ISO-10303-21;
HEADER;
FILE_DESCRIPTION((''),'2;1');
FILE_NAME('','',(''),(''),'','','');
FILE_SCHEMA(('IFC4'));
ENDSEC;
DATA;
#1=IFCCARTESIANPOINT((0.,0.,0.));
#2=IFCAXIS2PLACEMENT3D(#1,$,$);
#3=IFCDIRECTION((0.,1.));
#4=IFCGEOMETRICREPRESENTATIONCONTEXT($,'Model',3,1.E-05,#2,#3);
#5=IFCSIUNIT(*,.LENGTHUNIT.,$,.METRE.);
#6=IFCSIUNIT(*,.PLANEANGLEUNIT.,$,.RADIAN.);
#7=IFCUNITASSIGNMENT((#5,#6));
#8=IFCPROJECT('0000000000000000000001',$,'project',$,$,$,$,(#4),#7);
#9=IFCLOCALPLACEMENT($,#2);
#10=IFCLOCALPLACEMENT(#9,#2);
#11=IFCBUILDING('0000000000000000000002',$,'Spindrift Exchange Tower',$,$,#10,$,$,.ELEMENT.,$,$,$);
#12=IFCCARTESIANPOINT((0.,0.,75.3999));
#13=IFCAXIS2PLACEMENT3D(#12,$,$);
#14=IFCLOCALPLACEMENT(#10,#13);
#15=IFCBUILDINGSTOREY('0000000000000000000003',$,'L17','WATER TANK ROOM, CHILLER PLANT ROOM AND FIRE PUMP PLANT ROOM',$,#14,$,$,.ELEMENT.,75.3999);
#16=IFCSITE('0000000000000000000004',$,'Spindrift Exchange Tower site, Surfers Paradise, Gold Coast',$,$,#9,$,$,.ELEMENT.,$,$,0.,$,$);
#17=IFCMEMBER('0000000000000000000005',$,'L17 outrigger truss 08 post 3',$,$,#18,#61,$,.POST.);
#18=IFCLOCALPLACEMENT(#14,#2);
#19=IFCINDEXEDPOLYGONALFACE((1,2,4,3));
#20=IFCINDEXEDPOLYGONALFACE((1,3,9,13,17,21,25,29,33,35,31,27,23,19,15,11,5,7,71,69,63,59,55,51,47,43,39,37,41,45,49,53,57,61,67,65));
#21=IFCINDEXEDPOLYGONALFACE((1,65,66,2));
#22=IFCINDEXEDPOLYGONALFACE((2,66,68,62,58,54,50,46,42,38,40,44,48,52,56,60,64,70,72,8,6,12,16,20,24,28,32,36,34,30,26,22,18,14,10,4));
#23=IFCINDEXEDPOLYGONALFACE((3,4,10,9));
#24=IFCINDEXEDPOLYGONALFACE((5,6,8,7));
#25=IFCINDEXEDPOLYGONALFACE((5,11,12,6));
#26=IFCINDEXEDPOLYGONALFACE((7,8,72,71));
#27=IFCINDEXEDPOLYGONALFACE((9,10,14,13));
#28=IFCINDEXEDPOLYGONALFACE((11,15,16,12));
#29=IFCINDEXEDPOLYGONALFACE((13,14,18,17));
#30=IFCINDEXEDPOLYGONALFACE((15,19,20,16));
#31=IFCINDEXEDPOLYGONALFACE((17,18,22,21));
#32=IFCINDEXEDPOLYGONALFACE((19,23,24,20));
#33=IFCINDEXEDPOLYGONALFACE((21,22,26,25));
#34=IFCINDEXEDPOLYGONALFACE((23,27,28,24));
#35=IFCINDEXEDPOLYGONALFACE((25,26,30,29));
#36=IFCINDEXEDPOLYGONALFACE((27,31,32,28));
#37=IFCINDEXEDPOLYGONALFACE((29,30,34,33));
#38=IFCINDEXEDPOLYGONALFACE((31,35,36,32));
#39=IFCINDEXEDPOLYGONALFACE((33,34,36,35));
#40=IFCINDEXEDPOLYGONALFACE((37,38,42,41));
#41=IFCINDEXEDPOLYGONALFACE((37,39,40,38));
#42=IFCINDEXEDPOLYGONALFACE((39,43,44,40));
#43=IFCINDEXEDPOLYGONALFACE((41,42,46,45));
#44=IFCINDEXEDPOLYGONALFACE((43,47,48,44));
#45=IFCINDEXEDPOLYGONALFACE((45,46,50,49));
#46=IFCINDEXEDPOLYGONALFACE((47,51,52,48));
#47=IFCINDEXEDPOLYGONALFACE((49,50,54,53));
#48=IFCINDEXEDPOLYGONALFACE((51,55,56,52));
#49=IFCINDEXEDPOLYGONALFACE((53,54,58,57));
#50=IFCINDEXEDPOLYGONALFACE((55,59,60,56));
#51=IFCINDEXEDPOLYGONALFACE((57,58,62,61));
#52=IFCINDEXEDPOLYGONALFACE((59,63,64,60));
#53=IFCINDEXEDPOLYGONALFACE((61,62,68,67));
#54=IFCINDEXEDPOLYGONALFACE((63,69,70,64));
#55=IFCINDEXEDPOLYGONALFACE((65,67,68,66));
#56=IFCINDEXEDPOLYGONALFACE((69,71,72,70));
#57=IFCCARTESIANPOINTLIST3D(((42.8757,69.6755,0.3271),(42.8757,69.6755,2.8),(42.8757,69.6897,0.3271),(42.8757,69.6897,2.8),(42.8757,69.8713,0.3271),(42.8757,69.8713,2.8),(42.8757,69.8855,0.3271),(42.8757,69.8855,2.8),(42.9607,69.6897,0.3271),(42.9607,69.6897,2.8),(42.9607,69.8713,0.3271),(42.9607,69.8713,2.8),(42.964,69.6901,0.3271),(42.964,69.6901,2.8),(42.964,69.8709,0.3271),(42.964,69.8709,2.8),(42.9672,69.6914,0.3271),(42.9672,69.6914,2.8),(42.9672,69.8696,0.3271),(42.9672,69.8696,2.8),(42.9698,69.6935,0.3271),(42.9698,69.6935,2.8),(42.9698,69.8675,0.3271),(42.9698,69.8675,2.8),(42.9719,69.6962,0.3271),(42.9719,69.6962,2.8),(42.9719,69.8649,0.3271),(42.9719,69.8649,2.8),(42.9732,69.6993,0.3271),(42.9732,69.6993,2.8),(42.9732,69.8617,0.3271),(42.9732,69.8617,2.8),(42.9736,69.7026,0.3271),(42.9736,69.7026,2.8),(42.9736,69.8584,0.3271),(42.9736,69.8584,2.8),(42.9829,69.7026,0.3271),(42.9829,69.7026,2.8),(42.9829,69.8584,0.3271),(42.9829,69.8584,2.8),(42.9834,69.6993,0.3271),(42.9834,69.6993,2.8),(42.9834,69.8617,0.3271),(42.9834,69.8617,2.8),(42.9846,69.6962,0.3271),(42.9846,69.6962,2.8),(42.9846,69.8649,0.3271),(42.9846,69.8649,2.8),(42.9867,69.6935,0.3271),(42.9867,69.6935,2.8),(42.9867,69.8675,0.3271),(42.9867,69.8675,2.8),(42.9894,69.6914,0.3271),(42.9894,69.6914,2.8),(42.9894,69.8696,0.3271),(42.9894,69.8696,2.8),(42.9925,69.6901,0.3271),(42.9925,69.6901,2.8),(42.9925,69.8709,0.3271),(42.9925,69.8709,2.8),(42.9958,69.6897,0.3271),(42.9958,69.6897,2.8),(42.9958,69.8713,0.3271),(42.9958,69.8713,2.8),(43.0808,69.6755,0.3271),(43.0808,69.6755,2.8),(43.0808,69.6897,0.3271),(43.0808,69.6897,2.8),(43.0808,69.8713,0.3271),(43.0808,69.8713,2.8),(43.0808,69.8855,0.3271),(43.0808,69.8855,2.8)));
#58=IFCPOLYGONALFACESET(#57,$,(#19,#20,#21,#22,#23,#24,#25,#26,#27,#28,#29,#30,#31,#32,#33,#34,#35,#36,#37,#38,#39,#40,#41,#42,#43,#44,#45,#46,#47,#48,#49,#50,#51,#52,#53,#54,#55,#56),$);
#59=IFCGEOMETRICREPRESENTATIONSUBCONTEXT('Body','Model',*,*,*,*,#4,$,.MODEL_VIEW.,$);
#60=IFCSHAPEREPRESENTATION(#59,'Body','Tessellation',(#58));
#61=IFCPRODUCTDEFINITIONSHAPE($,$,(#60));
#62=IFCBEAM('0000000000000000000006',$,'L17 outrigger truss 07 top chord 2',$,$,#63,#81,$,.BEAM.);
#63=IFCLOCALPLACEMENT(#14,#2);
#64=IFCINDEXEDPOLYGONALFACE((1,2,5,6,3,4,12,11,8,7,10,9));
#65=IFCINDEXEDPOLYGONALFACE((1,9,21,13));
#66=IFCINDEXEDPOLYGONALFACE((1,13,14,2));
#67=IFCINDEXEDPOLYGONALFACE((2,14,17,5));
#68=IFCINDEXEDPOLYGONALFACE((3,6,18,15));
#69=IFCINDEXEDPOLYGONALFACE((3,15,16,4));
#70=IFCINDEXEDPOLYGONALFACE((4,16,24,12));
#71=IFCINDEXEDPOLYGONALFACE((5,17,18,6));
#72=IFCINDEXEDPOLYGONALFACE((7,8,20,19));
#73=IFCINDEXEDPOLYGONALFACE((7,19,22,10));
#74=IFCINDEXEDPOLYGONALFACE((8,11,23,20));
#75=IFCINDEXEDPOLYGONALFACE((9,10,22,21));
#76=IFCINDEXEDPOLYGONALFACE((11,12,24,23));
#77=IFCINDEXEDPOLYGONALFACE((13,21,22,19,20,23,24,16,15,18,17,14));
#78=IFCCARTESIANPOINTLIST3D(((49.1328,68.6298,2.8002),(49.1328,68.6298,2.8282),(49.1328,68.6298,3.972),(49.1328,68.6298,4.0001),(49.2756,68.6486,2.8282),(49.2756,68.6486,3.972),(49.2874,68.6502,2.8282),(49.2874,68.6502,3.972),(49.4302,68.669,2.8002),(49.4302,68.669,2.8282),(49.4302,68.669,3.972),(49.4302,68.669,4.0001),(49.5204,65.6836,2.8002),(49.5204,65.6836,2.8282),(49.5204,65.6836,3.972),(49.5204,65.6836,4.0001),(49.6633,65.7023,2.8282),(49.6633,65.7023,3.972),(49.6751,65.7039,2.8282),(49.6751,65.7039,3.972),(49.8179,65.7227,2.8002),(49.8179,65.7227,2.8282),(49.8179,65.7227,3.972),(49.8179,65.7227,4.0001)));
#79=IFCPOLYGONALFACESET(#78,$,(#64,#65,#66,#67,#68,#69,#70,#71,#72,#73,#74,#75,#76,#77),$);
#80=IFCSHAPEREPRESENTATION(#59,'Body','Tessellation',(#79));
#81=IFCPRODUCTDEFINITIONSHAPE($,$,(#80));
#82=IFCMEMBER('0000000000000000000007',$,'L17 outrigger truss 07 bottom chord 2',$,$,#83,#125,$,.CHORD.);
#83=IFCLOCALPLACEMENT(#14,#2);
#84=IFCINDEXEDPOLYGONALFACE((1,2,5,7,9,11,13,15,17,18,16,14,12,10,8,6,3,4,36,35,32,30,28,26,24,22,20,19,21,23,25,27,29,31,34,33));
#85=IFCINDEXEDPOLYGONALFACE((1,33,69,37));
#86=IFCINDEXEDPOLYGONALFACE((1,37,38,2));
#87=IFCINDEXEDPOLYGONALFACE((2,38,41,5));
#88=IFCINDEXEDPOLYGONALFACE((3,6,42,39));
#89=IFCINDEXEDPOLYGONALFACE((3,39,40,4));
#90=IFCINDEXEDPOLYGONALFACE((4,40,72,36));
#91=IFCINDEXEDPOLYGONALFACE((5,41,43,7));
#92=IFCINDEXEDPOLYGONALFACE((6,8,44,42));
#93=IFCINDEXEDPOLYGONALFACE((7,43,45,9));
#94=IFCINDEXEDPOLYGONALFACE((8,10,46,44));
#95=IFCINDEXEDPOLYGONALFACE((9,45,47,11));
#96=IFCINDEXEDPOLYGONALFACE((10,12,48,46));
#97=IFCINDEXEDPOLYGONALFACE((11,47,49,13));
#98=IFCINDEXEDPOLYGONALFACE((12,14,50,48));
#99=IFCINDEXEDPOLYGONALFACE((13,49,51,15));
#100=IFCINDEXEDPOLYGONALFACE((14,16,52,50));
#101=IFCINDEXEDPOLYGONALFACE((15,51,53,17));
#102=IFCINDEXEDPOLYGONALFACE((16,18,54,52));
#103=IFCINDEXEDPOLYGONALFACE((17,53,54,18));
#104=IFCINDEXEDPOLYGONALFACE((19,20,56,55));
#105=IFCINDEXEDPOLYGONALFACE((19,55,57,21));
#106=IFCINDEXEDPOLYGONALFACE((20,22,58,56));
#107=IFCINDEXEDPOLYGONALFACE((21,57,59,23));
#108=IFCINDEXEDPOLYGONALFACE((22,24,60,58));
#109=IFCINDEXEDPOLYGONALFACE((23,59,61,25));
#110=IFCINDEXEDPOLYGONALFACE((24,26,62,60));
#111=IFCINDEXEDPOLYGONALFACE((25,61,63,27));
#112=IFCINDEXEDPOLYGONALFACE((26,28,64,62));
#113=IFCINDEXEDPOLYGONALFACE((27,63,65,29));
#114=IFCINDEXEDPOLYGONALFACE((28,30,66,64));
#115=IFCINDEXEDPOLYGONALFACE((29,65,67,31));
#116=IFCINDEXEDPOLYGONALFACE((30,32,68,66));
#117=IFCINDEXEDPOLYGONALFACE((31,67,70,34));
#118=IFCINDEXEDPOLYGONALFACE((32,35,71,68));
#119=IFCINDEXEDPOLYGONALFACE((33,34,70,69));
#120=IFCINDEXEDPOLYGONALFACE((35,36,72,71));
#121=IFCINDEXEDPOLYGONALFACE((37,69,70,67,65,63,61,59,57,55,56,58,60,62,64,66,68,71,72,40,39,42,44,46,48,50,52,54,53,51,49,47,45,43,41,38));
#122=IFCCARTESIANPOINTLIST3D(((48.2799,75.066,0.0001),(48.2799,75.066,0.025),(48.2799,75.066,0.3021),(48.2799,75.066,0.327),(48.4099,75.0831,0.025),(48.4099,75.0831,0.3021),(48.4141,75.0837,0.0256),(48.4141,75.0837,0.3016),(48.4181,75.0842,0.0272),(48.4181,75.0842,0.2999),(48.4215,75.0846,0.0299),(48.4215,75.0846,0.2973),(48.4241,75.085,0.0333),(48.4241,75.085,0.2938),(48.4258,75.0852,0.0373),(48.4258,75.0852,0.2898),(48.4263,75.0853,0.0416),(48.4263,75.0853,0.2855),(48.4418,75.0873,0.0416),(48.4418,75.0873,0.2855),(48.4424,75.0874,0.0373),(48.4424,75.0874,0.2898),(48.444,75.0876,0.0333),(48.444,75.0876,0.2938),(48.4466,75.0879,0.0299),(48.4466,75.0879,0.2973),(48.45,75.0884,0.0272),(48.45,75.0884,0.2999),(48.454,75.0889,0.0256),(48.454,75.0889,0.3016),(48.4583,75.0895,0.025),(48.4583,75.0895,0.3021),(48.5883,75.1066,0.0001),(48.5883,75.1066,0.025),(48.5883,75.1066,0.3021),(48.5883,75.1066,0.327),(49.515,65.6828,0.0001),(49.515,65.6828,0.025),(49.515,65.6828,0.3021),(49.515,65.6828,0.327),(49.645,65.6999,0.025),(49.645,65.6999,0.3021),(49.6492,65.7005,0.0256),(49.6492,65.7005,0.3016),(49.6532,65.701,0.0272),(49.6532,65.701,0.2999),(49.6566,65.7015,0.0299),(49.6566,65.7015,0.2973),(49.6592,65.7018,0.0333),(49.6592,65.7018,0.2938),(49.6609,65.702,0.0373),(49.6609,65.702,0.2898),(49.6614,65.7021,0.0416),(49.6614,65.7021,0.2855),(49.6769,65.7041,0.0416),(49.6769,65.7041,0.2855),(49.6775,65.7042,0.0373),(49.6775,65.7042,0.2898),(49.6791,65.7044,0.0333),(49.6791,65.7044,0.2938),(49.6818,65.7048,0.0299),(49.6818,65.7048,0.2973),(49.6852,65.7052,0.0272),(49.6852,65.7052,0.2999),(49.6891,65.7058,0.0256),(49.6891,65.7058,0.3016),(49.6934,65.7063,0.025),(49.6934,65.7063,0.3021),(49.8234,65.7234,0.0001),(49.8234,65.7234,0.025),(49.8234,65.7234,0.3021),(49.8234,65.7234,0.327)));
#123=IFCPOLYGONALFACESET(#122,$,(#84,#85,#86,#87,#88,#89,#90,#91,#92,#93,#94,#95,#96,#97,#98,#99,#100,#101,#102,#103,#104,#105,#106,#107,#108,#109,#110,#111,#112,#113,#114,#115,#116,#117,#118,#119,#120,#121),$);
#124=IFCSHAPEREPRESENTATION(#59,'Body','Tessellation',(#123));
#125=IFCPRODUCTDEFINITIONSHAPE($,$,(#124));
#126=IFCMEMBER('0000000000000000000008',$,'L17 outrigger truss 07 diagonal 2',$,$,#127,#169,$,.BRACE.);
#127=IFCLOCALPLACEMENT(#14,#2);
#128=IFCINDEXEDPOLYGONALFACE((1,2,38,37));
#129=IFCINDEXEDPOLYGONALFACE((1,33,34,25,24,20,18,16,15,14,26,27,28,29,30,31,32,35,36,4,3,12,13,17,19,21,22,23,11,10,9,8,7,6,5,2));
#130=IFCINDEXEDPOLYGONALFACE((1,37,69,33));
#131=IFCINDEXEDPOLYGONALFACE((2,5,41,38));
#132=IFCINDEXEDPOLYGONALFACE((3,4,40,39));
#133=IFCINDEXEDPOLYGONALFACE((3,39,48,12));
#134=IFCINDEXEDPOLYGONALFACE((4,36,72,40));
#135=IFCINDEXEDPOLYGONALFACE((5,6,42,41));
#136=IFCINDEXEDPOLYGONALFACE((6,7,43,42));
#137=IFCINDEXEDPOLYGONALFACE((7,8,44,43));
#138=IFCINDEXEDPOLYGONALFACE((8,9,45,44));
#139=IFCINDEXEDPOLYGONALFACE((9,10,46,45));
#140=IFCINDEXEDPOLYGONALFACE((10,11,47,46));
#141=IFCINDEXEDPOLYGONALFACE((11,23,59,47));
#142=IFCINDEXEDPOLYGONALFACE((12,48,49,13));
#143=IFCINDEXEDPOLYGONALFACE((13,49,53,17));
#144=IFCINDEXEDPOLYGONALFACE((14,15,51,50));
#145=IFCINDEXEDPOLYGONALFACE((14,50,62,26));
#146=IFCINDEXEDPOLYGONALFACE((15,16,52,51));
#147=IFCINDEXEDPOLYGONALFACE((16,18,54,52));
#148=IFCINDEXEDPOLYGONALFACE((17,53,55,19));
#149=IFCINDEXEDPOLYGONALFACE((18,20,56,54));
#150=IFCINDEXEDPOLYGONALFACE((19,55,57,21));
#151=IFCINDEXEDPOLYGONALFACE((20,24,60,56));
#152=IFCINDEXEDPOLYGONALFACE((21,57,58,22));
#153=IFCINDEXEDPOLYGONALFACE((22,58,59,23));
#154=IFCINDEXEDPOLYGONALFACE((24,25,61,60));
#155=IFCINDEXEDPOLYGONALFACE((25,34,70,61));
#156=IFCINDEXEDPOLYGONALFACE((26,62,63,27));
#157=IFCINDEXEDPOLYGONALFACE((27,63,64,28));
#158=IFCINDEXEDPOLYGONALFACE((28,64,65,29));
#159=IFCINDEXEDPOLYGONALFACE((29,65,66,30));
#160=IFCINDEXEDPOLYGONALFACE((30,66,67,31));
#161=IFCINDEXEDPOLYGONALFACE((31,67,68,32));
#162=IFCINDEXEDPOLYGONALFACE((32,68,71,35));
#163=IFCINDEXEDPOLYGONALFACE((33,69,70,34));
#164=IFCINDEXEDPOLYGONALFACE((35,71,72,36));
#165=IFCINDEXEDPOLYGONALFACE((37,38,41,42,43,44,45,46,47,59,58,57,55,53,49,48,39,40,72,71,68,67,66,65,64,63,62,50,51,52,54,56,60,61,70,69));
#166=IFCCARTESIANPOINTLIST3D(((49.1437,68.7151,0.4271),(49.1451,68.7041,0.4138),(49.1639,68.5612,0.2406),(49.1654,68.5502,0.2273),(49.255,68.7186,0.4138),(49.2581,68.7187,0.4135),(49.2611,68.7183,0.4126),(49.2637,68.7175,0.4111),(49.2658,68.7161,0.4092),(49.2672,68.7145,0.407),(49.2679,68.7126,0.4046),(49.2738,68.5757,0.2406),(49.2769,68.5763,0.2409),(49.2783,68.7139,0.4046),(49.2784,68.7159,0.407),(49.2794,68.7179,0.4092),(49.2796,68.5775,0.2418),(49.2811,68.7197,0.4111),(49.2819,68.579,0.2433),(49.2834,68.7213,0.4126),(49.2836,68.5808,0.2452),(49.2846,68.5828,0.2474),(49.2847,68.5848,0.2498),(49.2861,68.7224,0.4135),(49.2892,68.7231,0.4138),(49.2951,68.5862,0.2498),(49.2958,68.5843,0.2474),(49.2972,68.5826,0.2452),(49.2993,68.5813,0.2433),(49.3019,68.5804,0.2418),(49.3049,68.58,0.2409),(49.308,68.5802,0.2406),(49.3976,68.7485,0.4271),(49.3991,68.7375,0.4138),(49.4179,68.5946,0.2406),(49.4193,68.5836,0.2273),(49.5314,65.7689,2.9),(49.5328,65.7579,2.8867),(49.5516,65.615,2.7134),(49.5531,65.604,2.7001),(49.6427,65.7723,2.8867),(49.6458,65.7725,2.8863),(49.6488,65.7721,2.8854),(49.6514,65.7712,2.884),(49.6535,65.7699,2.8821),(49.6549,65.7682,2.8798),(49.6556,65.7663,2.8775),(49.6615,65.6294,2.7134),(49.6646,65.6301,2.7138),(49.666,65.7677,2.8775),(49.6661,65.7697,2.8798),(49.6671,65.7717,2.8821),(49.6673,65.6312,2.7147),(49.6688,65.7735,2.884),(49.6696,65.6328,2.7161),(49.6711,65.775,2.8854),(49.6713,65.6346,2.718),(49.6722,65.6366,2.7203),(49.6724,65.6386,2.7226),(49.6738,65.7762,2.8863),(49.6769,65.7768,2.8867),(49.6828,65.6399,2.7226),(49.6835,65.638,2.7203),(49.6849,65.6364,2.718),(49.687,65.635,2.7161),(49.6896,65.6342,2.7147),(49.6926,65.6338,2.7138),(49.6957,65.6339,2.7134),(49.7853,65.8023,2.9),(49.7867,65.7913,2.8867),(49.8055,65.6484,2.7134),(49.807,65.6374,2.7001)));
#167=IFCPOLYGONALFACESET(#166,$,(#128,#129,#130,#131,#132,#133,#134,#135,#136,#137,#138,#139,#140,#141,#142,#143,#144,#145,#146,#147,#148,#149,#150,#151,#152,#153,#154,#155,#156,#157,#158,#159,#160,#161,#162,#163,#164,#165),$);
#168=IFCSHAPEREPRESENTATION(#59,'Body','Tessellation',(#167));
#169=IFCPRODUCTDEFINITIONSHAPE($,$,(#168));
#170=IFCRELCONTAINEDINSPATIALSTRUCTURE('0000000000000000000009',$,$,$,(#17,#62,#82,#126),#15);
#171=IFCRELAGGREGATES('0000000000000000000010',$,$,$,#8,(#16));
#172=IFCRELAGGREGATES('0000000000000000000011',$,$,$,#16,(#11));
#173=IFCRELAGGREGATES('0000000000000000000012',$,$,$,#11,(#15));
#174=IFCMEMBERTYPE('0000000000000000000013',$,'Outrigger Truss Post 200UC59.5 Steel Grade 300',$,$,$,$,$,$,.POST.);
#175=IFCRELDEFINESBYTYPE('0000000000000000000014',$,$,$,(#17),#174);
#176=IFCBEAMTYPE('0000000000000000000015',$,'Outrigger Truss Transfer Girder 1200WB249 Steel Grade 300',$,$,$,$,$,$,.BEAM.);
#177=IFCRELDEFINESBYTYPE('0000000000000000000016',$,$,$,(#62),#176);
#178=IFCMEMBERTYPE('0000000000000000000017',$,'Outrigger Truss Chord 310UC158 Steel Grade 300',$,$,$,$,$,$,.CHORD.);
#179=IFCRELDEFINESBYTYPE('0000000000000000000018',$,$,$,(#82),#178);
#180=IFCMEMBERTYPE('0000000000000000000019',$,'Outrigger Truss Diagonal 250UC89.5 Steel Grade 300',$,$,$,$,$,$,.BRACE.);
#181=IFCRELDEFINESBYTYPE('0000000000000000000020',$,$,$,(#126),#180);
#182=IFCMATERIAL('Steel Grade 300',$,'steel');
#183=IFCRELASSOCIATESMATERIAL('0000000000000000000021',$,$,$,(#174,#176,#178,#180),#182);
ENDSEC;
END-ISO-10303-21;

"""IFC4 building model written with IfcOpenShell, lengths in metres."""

from ifc_helpers import new_model, si_unit, direction, frame, origin, origin_2d, place, context, subcontext, project, spatial, i_section, extrude, source, transform, mapped, material, material_profile, profile_set, type_object, element, save


model = new_model("IFC4")

# Units and contexts
model_context = context("Model", 3, precision=1e-05, world=origin(), true_north=direction((0.0, 1.0)))
body_context = subcontext(model_context, "Body", "Model", "MODEL_VIEW")
ifc_project = project(units=[si_unit("LENGTHUNIT", "METRE"), si_unit("PLANEANGLEUNIT", "RADIAN")], contexts=[model_context])

# Site, building, storey
site_placement = place(None, origin())
site = spatial("IfcSite", under=ifc_project, at=site_placement, Name="Spindrift Exchange Tower site, Surfers Paradise, Gold Coast", CompositionType="ELEMENT", RefElevation=0.0)
building_placement = place(site_placement, origin())
building = spatial("IfcBuilding", under=site, at=building_placement, Name="Spindrift Exchange Tower", CompositionType="ELEMENT")
storey_placement = place(building_placement, frame((0.0, 0.0, 75.3999)))
storey = spatial("IfcBuildingStorey", under=building, at=storey_placement, Name="L17", Description="WATER TANK ROOM, CHILLER PLANT ROOM AND FIRE PUMP PLANT ROOM", CompositionType="ELEMENT", Elevation=75.3999)

# Member
ifc_material_1 = material(Name="Steel Grade 300", Category="steel")
ifc_material_profile_1 = material_profile(ifc_material_1, i_section(OverallWidth=0.2051, OverallDepth=0.21, WebThickness=0.0093, FlangeThickness=0.0142, FilletRadius=0.0129, at=origin_2d()), Name="200UC59.5")
ifc_profile_set_1 = profile_set([ifc_material_profile_1], Name="Steel Grade 300")
member_type_1 = type_object("IfcMemberType", Name="Outrigger Truss Post 200UC59.5 Steel Grade 300", PredefinedType="POST", material=ifc_profile_set_1)
shared_shape_1 = source(origin(), body_context, "Body", "SweptSolid", [
    extrude(i_section(OverallWidth=0.2051, OverallDepth=0.21, WebThickness=0.0093, FlangeThickness=0.0142, FilletRadius=0.0129, at=origin_2d()), origin(), (0.0, 0.0, 1.0), 2.4729),
])
for number, where, z_axis, x_axis, name in (
    (1, (42.9783, 69.7805, 0.3271), (0.0, 0.0, 1.0), (1.0, 0.0, 0.0), "L17 outrigger truss 08 post 3"),
):
    element("IfcMember", number, at=place(storey_placement, frame(where, z_axis=z_axis, x_axis=x_axis)), inside=storey, type_object=member_type_1, Name=name, PredefinedType="POST", context=body_context, shape_type="MappedRepresentation", body=[
        mapped(shared_shape_1, transform((0.0, 0.0, 0.0), scale=1.0)),
    ])

# Beam
ifc_material_profile_2 = material_profile(ifc_material_1, i_section(OverallWidth=0.3, OverallDepth=1.2, WebThickness=0.012, FlangeThickness=0.0281, at=origin_2d()), Name="1200WB249")
ifc_profile_set_2 = profile_set([ifc_material_profile_2], Name="Steel Grade 300")
beam_type = type_object("IfcBeamType", Name="Outrigger Truss Transfer Girder 1200WB249 Steel Grade 300", PredefinedType="BEAM", material=ifc_profile_set_2)
shared_shape_2 = source(origin(), body_context, "Body", "SweptSolid", [
    extrude(i_section(OverallWidth=0.3, OverallDepth=1.2, WebThickness=0.012, FlangeThickness=0.0281, at=origin_2d()), origin(), (0.0, 0.0, 1.0), 2.9717),
])
beam_1_placement = place(storey_placement, frame((49.6692, 65.7031, 3.4001), z_axis=(-0.130463, 0.991453, 0.0), x_axis=(-0.991453, -0.130463, 0.0)))
element("IfcBeam", 2, at=beam_1_placement, inside=storey, type_object=beam_type, Name="L17 outrigger truss 07 top chord 2", PredefinedType="BEAM", context=body_context, shape_type="MappedRepresentation", body=[
    mapped(shared_shape_2, transform((0.0, 0.0, 0.0), scale=1.0)),
])

# Members
ifc_material_profile_3 = material_profile(ifc_material_1, i_section(OverallWidth=0.311, OverallDepth=0.3269, WebThickness=0.0156, FlangeThickness=0.0249, FilletRadius=0.0166, at=origin_2d()), Name="310UC158")
ifc_profile_set_3 = profile_set([ifc_material_profile_3], Name="Steel Grade 300")
member_type_2 = type_object("IfcMemberType", Name="Outrigger Truss Chord 310UC158 Steel Grade 300", PredefinedType="CHORD", material=ifc_profile_set_3)
shared_shape_3 = source(origin(), body_context, "Body", "SweptSolid", [
    extrude(i_section(OverallWidth=0.311, OverallDepth=0.3269, WebThickness=0.0156, FlangeThickness=0.0249, FilletRadius=0.0166, at=origin_2d()), origin(), (0.0, 0.0, 1.0), 9.4641),
])
member_1_placement = place(storey_placement, frame((49.6692, 65.7031, 0.1636), z_axis=(-0.130506, 0.991448, 0.0), x_axis=(-0.991448, -0.130506, 0.0)))
element("IfcMember", 3, at=member_1_placement, inside=storey, type_object=member_type_2, Name="L17 outrigger truss 07 bottom chord 2", PredefinedType="CHORD", context=body_context, shape_type="MappedRepresentation", body=[
    mapped(shared_shape_3, transform((0.0, 0.0, 0.0), scale=1.0)),
])
ifc_material_profile_4 = material_profile(ifc_material_1, i_section(OverallWidth=0.2561, OverallDepth=0.26, WebThickness=0.0105, FlangeThickness=0.0173, FilletRadius=0.012, at=origin_2d()), Name="250UC89.5")
ifc_profile_set_4 = profile_set([ifc_material_profile_4], Name="Steel Grade 300")
member_type_3 = type_object("IfcMemberType", Name="Outrigger Truss Diagonal 250UC89.5 Steel Grade 300", PredefinedType="BRACE", material=ifc_profile_set_4)
shared_shape_4 = source(origin(), body_context, "Body", "SweptSolid", [
    extrude(i_section(OverallWidth=0.2561, OverallDepth=0.26, WebThickness=0.0105, FlangeThickness=0.0173, FilletRadius=0.012, at=origin_2d()), origin(), (0.0, 0.0, 1.0), 3.866),
])
for number, where, z_axis, x_axis, name in (
    (4, (49.6692, 65.7031, 2.8), (-0.100283, 0.762097, -0.639649), (-0.991453, -0.130463, 0.0), "L17 outrigger truss 07 diagonal 2"),
):
    element("IfcMember", number, at=place(storey_placement, frame(where, z_axis=z_axis, x_axis=x_axis)), inside=storey, type_object=member_type_3, Name=name, PredefinedType="BRACE", context=body_context, shape_type="MappedRepresentation", body=[
        mapped(shared_shape_4, transform((0.0, 0.0, 0.0), scale=1.0)),
    ])

save(model, "model.ifc")
